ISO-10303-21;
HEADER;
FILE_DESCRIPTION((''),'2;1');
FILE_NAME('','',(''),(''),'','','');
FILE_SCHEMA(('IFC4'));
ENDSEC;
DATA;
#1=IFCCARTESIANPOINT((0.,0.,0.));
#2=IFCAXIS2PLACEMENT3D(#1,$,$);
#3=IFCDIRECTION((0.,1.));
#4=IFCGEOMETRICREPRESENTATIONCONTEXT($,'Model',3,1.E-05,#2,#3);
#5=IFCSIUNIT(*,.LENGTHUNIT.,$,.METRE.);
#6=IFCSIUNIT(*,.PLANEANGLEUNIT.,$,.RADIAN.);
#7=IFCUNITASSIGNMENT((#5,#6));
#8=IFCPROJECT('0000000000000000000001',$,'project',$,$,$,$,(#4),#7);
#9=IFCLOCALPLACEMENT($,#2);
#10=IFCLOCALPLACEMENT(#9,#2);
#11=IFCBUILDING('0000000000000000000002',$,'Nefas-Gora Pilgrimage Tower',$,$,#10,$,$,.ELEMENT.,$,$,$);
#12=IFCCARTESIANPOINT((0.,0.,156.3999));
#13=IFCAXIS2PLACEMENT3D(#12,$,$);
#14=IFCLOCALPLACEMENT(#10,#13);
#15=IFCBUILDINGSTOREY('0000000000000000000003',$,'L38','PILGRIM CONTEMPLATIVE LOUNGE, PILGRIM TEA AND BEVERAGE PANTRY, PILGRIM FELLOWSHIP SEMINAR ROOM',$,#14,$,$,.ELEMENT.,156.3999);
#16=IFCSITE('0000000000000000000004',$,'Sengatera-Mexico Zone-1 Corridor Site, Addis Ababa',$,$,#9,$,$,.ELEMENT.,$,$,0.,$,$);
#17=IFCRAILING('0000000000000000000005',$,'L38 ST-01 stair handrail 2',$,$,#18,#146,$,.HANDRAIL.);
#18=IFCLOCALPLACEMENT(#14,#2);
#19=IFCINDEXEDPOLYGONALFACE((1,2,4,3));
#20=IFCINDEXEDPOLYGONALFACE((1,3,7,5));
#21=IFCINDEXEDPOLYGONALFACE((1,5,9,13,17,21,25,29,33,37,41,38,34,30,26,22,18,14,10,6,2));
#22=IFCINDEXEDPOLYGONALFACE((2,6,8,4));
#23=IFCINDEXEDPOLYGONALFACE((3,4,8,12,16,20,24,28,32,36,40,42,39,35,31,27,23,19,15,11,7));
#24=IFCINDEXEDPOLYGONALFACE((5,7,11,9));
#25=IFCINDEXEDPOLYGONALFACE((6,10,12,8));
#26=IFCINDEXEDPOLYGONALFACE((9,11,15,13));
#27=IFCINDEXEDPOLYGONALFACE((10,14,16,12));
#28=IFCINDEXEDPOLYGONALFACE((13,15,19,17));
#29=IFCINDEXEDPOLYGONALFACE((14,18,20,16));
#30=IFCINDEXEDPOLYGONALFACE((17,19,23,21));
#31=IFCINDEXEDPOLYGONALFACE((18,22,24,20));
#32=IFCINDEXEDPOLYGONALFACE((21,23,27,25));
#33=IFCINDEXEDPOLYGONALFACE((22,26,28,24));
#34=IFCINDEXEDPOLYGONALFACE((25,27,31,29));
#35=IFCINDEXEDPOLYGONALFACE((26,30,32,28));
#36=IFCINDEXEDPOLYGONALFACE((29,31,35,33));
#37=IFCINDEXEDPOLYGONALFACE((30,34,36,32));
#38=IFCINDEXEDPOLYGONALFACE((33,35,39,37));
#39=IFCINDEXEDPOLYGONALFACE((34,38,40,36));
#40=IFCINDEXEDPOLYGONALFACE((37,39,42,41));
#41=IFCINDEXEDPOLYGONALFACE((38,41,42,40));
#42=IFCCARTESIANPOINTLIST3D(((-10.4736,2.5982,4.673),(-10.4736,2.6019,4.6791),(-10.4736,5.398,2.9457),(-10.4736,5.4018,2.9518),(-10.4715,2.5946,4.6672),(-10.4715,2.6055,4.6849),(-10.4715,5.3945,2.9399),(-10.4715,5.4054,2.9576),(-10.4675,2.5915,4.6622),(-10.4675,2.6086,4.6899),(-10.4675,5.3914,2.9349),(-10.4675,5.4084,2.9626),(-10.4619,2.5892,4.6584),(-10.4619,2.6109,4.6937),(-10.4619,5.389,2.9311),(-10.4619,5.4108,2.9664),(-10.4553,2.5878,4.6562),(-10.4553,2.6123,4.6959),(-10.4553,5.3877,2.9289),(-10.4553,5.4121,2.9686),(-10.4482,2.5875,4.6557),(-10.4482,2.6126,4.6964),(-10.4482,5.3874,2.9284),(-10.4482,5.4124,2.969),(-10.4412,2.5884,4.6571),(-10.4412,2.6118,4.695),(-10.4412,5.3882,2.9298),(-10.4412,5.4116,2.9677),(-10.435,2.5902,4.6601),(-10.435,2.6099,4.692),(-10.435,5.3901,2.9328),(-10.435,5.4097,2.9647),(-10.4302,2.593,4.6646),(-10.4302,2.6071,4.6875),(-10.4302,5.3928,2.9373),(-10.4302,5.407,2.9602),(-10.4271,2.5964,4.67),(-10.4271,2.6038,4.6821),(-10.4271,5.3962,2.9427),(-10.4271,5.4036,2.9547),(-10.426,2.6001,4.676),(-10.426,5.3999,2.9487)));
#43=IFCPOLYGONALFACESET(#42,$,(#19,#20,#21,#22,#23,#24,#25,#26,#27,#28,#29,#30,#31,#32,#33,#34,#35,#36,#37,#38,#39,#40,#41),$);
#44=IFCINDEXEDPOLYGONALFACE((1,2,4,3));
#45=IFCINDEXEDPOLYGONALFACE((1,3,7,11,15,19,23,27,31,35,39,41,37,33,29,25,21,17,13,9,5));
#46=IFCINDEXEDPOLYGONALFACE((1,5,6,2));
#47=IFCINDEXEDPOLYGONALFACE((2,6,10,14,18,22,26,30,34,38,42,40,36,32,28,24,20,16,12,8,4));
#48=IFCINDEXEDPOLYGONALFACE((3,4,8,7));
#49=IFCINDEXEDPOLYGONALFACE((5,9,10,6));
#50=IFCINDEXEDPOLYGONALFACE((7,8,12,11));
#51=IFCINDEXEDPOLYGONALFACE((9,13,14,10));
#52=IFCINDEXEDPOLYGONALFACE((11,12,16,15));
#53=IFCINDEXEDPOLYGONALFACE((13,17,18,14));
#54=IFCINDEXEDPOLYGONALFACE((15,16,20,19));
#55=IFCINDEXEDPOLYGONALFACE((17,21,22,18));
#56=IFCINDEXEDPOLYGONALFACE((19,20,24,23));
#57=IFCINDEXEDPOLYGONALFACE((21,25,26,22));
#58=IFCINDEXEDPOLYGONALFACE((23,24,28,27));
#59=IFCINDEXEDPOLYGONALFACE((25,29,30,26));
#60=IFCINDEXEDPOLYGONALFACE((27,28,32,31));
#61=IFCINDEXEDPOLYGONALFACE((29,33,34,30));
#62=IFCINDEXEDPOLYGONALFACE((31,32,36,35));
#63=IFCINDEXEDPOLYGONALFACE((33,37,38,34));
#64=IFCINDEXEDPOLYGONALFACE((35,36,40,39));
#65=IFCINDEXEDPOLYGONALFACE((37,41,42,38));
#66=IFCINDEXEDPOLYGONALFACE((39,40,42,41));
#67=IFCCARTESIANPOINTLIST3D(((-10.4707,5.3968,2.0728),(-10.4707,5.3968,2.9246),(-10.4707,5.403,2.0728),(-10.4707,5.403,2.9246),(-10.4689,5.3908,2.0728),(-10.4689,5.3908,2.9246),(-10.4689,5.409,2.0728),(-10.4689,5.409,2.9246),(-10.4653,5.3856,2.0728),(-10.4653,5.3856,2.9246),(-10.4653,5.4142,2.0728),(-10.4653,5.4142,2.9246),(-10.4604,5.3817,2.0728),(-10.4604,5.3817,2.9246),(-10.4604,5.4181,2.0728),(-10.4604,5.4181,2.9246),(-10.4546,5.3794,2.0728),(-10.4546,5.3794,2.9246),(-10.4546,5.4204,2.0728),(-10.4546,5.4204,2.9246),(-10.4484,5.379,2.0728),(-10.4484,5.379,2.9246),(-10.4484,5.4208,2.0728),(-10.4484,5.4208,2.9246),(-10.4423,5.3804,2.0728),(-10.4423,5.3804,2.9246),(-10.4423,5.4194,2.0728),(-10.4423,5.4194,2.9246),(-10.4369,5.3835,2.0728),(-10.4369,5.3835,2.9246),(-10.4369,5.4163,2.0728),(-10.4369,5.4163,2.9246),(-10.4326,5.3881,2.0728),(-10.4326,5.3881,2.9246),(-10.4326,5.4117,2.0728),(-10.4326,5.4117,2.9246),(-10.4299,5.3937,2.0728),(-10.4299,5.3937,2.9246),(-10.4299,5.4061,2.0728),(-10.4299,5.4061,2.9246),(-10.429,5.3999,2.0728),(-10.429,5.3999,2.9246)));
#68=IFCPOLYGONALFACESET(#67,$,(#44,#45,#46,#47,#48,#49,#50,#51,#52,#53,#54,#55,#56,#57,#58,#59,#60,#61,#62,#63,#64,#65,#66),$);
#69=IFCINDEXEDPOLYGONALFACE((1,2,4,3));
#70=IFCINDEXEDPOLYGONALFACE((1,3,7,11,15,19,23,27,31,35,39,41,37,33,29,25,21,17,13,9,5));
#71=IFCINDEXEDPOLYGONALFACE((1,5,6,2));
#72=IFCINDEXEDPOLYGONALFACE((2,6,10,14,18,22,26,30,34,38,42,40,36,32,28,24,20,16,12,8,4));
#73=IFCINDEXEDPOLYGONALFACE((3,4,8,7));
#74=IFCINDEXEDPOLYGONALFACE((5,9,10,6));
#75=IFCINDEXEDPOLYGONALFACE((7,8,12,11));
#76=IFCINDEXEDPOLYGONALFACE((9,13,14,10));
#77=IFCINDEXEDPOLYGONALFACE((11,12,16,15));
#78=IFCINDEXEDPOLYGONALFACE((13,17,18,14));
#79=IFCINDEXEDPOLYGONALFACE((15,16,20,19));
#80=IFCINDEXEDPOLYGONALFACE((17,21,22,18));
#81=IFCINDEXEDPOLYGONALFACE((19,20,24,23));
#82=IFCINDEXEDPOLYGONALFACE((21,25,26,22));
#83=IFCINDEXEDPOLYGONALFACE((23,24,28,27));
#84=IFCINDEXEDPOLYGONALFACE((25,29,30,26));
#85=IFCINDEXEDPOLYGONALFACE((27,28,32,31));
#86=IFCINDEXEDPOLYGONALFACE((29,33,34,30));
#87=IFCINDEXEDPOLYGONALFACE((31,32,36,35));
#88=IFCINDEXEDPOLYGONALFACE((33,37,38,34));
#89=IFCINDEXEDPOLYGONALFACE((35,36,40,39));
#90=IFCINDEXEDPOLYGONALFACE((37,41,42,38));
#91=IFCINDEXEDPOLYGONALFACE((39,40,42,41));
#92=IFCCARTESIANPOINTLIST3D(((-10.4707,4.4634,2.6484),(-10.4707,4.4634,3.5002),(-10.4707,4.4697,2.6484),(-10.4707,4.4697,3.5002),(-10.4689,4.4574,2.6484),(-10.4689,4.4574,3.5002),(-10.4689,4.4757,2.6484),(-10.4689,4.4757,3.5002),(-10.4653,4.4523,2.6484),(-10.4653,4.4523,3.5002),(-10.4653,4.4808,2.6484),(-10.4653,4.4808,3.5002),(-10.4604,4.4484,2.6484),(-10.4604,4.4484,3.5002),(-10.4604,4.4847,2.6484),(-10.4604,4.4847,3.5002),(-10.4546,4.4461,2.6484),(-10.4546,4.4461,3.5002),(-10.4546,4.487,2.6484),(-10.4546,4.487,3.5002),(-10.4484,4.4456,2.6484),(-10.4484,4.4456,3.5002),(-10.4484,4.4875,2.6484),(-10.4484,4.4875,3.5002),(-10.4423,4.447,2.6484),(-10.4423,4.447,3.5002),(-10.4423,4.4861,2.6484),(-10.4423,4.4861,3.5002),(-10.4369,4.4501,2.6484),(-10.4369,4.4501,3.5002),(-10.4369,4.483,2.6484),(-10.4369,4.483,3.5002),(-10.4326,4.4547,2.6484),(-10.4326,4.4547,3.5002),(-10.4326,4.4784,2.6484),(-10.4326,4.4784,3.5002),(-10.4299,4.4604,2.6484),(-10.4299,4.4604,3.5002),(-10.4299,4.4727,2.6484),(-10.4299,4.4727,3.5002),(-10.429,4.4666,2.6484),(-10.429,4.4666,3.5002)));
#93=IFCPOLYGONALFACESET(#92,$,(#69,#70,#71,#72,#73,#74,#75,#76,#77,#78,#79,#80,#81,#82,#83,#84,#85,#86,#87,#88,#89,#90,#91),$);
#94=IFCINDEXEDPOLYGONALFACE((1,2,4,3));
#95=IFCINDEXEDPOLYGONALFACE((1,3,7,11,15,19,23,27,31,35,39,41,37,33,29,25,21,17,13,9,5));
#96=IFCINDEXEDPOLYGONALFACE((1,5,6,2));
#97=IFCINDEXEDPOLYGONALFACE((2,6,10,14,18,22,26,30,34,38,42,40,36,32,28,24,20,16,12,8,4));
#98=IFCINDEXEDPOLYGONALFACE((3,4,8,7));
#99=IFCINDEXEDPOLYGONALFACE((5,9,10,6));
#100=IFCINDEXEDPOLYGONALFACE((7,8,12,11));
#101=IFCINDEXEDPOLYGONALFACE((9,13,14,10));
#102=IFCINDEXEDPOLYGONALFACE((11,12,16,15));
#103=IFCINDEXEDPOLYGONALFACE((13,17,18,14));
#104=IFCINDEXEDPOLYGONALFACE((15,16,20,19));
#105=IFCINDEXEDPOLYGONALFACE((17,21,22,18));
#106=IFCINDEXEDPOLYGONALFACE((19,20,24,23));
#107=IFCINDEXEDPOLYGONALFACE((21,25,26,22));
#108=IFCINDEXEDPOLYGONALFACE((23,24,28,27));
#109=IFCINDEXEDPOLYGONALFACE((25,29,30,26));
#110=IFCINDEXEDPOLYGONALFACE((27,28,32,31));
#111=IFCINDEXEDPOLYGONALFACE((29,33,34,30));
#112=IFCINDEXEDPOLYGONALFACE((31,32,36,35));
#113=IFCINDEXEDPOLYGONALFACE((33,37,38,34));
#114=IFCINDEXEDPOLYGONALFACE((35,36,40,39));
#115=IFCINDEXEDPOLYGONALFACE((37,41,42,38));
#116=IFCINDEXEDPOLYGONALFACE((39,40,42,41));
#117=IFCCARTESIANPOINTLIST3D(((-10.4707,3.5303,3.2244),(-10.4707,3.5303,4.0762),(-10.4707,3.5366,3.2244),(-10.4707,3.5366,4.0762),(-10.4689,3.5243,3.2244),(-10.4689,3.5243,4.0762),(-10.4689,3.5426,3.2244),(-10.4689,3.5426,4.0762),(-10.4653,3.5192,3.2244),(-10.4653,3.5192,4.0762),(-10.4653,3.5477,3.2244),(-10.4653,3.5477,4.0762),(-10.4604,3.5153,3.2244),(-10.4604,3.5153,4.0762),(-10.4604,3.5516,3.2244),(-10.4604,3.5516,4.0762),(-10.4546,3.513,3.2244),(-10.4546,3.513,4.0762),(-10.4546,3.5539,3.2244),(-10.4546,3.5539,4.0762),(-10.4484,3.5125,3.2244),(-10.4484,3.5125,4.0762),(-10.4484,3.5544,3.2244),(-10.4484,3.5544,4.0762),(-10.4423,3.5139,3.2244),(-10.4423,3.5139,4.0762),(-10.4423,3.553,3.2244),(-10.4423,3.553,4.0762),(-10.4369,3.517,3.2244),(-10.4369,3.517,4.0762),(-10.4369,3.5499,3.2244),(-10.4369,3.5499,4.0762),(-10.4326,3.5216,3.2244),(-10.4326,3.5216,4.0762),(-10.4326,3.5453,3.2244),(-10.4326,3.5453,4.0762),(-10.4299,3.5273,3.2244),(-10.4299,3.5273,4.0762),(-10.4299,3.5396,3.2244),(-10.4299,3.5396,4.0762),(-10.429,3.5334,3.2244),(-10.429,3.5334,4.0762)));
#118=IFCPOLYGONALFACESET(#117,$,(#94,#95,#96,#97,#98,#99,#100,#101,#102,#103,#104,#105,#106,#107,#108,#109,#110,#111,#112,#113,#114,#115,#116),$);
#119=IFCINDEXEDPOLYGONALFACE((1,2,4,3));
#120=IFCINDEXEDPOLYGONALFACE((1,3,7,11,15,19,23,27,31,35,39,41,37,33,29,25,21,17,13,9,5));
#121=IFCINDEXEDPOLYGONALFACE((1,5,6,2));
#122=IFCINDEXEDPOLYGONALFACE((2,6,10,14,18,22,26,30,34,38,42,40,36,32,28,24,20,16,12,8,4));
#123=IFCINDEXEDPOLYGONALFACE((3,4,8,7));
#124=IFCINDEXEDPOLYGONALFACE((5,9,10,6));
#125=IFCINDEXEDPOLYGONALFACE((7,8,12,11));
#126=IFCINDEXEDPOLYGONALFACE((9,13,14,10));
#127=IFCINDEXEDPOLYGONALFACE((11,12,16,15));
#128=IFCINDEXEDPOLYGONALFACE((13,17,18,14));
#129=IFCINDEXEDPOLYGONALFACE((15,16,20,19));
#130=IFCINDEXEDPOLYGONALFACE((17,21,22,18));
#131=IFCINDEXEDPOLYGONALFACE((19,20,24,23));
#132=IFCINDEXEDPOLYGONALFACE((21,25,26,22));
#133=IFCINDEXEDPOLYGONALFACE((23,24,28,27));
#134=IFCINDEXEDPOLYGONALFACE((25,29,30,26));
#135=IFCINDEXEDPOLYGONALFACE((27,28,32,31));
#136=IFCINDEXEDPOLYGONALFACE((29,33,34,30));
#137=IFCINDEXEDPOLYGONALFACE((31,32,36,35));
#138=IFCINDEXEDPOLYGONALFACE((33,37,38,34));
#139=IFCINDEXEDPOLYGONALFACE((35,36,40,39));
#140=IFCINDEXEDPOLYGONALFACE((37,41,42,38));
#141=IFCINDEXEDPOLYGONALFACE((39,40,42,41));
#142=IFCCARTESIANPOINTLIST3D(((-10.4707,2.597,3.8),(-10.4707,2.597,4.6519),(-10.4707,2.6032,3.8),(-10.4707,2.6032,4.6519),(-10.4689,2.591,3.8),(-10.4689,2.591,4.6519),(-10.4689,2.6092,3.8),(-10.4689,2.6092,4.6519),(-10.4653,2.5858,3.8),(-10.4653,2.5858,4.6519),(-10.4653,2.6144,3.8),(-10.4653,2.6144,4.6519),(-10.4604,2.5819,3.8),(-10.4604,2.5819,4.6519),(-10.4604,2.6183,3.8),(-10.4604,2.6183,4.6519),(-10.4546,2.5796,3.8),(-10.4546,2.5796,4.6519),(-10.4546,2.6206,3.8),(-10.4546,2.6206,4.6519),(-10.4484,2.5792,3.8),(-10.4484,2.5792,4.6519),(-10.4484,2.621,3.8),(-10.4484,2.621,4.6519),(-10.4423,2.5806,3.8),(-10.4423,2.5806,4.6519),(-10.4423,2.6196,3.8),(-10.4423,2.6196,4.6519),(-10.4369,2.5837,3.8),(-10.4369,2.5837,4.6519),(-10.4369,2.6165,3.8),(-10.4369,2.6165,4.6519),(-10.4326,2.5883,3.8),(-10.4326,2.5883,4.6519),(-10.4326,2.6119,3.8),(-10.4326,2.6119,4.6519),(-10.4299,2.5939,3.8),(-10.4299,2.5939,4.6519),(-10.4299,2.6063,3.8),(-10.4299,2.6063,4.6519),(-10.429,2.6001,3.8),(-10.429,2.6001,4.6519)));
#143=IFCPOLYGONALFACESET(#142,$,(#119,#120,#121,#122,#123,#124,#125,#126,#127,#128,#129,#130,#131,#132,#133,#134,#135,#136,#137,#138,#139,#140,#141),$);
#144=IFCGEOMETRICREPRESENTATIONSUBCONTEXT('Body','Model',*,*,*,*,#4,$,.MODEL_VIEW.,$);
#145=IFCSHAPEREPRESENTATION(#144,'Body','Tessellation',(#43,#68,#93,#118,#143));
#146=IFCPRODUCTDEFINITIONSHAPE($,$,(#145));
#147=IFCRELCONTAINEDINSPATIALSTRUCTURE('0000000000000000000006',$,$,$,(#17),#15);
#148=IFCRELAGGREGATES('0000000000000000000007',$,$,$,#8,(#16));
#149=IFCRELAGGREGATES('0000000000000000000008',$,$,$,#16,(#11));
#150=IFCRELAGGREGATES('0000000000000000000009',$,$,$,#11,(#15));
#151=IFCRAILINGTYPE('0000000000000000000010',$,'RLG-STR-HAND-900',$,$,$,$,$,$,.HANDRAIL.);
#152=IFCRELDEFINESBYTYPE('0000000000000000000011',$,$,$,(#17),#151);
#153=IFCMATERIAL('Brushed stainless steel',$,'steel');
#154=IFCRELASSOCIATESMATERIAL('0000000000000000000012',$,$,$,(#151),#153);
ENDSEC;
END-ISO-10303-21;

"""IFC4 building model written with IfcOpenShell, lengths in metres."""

from ifc_helpers import new_model, si_unit, direction, frame, origin, origin_2d, place, context, subcontext, project, spatial, circle, extrude, material, type_object, element, save


model = new_model("IFC4")

# Units and contexts
model_context = context("Model", 3, precision=1e-05, world=origin(), true_north=direction((0.0, 1.0)))
body_context = subcontext(model_context, "Body", "Model", "MODEL_VIEW")
ifc_project = project(units=[si_unit("LENGTHUNIT", "METRE"), si_unit("PLANEANGLEUNIT", "RADIAN")], contexts=[model_context])

# Site, building, storey
site_placement = place(None, origin())
site = spatial("IfcSite", under=ifc_project, at=site_placement, Name="Sengatera-Mexico Zone-1 Corridor Site, Addis Ababa", CompositionType="ELEMENT", RefElevation=0.0)
building_placement = place(site_placement, origin())
building = spatial("IfcBuilding", under=site, at=building_placement, Name="Nefas-Gora Pilgrimage Tower", CompositionType="ELEMENT")
storey_placement = place(building_placement, frame((0.0, 0.0, 156.3999)))
storey = spatial("IfcBuildingStorey", under=building, at=storey_placement, Name="L38", Description="PILGRIM CONTEMPLATIVE LOUNGE, PILGRIM TEA AND BEVERAGE PANTRY, PILGRIM FELLOWSHIP SEMINAR ROOM", CompositionType="ELEMENT", Elevation=156.3999)

# Railing
ifc_material_1 = material(Name="Brushed stainless steel", Category="steel")
railing_type_1 = type_object("IfcRailingType", Name="RLG-STR-HAND-900", PredefinedType="HANDRAIL", material=ifc_material_1)
railing_1_placement = place(storey_placement, frame((-10.45, 5.3999, 2.0728)))
element("IfcRailing", 1, at=railing_1_placement, inside=storey, type_object=railing_type_1, Name="L38 ST-01 stair handrail 2", PredefinedType="HANDRAIL", context=body_context, shape_type="SweptSolid", body=[
    extrude(circle(Radius=0.0239, at=origin_2d()), frame((0.0, 0.0, 0.876), z_axis=(0.0, -0.851069, 0.525054), x_axis=(1.0, 0.0, 0.0)), (0.0, 0.0, 1.0), 3.2898),
    extrude(circle(Radius=0.021, at=origin_2d()), origin(), (0.0, 0.0, 1.0), 0.8518),
    extrude(circle(Radius=0.021, at=origin_2d()), frame((0.0, -0.9333, 0.5757)), (0.0, 0.0, 1.0), 0.8518),
    extrude(circle(Radius=0.021, at=origin_2d()), frame((0.0, -1.8665, 1.1516)), (0.0, 0.0, 1.0), 0.8518),
    extrude(circle(Radius=0.021, at=origin_2d()), frame((0.0, -2.7998, 1.7273)), (0.0, 0.0, 1.0), 0.8518),
])

save(model, "model.ifc")
